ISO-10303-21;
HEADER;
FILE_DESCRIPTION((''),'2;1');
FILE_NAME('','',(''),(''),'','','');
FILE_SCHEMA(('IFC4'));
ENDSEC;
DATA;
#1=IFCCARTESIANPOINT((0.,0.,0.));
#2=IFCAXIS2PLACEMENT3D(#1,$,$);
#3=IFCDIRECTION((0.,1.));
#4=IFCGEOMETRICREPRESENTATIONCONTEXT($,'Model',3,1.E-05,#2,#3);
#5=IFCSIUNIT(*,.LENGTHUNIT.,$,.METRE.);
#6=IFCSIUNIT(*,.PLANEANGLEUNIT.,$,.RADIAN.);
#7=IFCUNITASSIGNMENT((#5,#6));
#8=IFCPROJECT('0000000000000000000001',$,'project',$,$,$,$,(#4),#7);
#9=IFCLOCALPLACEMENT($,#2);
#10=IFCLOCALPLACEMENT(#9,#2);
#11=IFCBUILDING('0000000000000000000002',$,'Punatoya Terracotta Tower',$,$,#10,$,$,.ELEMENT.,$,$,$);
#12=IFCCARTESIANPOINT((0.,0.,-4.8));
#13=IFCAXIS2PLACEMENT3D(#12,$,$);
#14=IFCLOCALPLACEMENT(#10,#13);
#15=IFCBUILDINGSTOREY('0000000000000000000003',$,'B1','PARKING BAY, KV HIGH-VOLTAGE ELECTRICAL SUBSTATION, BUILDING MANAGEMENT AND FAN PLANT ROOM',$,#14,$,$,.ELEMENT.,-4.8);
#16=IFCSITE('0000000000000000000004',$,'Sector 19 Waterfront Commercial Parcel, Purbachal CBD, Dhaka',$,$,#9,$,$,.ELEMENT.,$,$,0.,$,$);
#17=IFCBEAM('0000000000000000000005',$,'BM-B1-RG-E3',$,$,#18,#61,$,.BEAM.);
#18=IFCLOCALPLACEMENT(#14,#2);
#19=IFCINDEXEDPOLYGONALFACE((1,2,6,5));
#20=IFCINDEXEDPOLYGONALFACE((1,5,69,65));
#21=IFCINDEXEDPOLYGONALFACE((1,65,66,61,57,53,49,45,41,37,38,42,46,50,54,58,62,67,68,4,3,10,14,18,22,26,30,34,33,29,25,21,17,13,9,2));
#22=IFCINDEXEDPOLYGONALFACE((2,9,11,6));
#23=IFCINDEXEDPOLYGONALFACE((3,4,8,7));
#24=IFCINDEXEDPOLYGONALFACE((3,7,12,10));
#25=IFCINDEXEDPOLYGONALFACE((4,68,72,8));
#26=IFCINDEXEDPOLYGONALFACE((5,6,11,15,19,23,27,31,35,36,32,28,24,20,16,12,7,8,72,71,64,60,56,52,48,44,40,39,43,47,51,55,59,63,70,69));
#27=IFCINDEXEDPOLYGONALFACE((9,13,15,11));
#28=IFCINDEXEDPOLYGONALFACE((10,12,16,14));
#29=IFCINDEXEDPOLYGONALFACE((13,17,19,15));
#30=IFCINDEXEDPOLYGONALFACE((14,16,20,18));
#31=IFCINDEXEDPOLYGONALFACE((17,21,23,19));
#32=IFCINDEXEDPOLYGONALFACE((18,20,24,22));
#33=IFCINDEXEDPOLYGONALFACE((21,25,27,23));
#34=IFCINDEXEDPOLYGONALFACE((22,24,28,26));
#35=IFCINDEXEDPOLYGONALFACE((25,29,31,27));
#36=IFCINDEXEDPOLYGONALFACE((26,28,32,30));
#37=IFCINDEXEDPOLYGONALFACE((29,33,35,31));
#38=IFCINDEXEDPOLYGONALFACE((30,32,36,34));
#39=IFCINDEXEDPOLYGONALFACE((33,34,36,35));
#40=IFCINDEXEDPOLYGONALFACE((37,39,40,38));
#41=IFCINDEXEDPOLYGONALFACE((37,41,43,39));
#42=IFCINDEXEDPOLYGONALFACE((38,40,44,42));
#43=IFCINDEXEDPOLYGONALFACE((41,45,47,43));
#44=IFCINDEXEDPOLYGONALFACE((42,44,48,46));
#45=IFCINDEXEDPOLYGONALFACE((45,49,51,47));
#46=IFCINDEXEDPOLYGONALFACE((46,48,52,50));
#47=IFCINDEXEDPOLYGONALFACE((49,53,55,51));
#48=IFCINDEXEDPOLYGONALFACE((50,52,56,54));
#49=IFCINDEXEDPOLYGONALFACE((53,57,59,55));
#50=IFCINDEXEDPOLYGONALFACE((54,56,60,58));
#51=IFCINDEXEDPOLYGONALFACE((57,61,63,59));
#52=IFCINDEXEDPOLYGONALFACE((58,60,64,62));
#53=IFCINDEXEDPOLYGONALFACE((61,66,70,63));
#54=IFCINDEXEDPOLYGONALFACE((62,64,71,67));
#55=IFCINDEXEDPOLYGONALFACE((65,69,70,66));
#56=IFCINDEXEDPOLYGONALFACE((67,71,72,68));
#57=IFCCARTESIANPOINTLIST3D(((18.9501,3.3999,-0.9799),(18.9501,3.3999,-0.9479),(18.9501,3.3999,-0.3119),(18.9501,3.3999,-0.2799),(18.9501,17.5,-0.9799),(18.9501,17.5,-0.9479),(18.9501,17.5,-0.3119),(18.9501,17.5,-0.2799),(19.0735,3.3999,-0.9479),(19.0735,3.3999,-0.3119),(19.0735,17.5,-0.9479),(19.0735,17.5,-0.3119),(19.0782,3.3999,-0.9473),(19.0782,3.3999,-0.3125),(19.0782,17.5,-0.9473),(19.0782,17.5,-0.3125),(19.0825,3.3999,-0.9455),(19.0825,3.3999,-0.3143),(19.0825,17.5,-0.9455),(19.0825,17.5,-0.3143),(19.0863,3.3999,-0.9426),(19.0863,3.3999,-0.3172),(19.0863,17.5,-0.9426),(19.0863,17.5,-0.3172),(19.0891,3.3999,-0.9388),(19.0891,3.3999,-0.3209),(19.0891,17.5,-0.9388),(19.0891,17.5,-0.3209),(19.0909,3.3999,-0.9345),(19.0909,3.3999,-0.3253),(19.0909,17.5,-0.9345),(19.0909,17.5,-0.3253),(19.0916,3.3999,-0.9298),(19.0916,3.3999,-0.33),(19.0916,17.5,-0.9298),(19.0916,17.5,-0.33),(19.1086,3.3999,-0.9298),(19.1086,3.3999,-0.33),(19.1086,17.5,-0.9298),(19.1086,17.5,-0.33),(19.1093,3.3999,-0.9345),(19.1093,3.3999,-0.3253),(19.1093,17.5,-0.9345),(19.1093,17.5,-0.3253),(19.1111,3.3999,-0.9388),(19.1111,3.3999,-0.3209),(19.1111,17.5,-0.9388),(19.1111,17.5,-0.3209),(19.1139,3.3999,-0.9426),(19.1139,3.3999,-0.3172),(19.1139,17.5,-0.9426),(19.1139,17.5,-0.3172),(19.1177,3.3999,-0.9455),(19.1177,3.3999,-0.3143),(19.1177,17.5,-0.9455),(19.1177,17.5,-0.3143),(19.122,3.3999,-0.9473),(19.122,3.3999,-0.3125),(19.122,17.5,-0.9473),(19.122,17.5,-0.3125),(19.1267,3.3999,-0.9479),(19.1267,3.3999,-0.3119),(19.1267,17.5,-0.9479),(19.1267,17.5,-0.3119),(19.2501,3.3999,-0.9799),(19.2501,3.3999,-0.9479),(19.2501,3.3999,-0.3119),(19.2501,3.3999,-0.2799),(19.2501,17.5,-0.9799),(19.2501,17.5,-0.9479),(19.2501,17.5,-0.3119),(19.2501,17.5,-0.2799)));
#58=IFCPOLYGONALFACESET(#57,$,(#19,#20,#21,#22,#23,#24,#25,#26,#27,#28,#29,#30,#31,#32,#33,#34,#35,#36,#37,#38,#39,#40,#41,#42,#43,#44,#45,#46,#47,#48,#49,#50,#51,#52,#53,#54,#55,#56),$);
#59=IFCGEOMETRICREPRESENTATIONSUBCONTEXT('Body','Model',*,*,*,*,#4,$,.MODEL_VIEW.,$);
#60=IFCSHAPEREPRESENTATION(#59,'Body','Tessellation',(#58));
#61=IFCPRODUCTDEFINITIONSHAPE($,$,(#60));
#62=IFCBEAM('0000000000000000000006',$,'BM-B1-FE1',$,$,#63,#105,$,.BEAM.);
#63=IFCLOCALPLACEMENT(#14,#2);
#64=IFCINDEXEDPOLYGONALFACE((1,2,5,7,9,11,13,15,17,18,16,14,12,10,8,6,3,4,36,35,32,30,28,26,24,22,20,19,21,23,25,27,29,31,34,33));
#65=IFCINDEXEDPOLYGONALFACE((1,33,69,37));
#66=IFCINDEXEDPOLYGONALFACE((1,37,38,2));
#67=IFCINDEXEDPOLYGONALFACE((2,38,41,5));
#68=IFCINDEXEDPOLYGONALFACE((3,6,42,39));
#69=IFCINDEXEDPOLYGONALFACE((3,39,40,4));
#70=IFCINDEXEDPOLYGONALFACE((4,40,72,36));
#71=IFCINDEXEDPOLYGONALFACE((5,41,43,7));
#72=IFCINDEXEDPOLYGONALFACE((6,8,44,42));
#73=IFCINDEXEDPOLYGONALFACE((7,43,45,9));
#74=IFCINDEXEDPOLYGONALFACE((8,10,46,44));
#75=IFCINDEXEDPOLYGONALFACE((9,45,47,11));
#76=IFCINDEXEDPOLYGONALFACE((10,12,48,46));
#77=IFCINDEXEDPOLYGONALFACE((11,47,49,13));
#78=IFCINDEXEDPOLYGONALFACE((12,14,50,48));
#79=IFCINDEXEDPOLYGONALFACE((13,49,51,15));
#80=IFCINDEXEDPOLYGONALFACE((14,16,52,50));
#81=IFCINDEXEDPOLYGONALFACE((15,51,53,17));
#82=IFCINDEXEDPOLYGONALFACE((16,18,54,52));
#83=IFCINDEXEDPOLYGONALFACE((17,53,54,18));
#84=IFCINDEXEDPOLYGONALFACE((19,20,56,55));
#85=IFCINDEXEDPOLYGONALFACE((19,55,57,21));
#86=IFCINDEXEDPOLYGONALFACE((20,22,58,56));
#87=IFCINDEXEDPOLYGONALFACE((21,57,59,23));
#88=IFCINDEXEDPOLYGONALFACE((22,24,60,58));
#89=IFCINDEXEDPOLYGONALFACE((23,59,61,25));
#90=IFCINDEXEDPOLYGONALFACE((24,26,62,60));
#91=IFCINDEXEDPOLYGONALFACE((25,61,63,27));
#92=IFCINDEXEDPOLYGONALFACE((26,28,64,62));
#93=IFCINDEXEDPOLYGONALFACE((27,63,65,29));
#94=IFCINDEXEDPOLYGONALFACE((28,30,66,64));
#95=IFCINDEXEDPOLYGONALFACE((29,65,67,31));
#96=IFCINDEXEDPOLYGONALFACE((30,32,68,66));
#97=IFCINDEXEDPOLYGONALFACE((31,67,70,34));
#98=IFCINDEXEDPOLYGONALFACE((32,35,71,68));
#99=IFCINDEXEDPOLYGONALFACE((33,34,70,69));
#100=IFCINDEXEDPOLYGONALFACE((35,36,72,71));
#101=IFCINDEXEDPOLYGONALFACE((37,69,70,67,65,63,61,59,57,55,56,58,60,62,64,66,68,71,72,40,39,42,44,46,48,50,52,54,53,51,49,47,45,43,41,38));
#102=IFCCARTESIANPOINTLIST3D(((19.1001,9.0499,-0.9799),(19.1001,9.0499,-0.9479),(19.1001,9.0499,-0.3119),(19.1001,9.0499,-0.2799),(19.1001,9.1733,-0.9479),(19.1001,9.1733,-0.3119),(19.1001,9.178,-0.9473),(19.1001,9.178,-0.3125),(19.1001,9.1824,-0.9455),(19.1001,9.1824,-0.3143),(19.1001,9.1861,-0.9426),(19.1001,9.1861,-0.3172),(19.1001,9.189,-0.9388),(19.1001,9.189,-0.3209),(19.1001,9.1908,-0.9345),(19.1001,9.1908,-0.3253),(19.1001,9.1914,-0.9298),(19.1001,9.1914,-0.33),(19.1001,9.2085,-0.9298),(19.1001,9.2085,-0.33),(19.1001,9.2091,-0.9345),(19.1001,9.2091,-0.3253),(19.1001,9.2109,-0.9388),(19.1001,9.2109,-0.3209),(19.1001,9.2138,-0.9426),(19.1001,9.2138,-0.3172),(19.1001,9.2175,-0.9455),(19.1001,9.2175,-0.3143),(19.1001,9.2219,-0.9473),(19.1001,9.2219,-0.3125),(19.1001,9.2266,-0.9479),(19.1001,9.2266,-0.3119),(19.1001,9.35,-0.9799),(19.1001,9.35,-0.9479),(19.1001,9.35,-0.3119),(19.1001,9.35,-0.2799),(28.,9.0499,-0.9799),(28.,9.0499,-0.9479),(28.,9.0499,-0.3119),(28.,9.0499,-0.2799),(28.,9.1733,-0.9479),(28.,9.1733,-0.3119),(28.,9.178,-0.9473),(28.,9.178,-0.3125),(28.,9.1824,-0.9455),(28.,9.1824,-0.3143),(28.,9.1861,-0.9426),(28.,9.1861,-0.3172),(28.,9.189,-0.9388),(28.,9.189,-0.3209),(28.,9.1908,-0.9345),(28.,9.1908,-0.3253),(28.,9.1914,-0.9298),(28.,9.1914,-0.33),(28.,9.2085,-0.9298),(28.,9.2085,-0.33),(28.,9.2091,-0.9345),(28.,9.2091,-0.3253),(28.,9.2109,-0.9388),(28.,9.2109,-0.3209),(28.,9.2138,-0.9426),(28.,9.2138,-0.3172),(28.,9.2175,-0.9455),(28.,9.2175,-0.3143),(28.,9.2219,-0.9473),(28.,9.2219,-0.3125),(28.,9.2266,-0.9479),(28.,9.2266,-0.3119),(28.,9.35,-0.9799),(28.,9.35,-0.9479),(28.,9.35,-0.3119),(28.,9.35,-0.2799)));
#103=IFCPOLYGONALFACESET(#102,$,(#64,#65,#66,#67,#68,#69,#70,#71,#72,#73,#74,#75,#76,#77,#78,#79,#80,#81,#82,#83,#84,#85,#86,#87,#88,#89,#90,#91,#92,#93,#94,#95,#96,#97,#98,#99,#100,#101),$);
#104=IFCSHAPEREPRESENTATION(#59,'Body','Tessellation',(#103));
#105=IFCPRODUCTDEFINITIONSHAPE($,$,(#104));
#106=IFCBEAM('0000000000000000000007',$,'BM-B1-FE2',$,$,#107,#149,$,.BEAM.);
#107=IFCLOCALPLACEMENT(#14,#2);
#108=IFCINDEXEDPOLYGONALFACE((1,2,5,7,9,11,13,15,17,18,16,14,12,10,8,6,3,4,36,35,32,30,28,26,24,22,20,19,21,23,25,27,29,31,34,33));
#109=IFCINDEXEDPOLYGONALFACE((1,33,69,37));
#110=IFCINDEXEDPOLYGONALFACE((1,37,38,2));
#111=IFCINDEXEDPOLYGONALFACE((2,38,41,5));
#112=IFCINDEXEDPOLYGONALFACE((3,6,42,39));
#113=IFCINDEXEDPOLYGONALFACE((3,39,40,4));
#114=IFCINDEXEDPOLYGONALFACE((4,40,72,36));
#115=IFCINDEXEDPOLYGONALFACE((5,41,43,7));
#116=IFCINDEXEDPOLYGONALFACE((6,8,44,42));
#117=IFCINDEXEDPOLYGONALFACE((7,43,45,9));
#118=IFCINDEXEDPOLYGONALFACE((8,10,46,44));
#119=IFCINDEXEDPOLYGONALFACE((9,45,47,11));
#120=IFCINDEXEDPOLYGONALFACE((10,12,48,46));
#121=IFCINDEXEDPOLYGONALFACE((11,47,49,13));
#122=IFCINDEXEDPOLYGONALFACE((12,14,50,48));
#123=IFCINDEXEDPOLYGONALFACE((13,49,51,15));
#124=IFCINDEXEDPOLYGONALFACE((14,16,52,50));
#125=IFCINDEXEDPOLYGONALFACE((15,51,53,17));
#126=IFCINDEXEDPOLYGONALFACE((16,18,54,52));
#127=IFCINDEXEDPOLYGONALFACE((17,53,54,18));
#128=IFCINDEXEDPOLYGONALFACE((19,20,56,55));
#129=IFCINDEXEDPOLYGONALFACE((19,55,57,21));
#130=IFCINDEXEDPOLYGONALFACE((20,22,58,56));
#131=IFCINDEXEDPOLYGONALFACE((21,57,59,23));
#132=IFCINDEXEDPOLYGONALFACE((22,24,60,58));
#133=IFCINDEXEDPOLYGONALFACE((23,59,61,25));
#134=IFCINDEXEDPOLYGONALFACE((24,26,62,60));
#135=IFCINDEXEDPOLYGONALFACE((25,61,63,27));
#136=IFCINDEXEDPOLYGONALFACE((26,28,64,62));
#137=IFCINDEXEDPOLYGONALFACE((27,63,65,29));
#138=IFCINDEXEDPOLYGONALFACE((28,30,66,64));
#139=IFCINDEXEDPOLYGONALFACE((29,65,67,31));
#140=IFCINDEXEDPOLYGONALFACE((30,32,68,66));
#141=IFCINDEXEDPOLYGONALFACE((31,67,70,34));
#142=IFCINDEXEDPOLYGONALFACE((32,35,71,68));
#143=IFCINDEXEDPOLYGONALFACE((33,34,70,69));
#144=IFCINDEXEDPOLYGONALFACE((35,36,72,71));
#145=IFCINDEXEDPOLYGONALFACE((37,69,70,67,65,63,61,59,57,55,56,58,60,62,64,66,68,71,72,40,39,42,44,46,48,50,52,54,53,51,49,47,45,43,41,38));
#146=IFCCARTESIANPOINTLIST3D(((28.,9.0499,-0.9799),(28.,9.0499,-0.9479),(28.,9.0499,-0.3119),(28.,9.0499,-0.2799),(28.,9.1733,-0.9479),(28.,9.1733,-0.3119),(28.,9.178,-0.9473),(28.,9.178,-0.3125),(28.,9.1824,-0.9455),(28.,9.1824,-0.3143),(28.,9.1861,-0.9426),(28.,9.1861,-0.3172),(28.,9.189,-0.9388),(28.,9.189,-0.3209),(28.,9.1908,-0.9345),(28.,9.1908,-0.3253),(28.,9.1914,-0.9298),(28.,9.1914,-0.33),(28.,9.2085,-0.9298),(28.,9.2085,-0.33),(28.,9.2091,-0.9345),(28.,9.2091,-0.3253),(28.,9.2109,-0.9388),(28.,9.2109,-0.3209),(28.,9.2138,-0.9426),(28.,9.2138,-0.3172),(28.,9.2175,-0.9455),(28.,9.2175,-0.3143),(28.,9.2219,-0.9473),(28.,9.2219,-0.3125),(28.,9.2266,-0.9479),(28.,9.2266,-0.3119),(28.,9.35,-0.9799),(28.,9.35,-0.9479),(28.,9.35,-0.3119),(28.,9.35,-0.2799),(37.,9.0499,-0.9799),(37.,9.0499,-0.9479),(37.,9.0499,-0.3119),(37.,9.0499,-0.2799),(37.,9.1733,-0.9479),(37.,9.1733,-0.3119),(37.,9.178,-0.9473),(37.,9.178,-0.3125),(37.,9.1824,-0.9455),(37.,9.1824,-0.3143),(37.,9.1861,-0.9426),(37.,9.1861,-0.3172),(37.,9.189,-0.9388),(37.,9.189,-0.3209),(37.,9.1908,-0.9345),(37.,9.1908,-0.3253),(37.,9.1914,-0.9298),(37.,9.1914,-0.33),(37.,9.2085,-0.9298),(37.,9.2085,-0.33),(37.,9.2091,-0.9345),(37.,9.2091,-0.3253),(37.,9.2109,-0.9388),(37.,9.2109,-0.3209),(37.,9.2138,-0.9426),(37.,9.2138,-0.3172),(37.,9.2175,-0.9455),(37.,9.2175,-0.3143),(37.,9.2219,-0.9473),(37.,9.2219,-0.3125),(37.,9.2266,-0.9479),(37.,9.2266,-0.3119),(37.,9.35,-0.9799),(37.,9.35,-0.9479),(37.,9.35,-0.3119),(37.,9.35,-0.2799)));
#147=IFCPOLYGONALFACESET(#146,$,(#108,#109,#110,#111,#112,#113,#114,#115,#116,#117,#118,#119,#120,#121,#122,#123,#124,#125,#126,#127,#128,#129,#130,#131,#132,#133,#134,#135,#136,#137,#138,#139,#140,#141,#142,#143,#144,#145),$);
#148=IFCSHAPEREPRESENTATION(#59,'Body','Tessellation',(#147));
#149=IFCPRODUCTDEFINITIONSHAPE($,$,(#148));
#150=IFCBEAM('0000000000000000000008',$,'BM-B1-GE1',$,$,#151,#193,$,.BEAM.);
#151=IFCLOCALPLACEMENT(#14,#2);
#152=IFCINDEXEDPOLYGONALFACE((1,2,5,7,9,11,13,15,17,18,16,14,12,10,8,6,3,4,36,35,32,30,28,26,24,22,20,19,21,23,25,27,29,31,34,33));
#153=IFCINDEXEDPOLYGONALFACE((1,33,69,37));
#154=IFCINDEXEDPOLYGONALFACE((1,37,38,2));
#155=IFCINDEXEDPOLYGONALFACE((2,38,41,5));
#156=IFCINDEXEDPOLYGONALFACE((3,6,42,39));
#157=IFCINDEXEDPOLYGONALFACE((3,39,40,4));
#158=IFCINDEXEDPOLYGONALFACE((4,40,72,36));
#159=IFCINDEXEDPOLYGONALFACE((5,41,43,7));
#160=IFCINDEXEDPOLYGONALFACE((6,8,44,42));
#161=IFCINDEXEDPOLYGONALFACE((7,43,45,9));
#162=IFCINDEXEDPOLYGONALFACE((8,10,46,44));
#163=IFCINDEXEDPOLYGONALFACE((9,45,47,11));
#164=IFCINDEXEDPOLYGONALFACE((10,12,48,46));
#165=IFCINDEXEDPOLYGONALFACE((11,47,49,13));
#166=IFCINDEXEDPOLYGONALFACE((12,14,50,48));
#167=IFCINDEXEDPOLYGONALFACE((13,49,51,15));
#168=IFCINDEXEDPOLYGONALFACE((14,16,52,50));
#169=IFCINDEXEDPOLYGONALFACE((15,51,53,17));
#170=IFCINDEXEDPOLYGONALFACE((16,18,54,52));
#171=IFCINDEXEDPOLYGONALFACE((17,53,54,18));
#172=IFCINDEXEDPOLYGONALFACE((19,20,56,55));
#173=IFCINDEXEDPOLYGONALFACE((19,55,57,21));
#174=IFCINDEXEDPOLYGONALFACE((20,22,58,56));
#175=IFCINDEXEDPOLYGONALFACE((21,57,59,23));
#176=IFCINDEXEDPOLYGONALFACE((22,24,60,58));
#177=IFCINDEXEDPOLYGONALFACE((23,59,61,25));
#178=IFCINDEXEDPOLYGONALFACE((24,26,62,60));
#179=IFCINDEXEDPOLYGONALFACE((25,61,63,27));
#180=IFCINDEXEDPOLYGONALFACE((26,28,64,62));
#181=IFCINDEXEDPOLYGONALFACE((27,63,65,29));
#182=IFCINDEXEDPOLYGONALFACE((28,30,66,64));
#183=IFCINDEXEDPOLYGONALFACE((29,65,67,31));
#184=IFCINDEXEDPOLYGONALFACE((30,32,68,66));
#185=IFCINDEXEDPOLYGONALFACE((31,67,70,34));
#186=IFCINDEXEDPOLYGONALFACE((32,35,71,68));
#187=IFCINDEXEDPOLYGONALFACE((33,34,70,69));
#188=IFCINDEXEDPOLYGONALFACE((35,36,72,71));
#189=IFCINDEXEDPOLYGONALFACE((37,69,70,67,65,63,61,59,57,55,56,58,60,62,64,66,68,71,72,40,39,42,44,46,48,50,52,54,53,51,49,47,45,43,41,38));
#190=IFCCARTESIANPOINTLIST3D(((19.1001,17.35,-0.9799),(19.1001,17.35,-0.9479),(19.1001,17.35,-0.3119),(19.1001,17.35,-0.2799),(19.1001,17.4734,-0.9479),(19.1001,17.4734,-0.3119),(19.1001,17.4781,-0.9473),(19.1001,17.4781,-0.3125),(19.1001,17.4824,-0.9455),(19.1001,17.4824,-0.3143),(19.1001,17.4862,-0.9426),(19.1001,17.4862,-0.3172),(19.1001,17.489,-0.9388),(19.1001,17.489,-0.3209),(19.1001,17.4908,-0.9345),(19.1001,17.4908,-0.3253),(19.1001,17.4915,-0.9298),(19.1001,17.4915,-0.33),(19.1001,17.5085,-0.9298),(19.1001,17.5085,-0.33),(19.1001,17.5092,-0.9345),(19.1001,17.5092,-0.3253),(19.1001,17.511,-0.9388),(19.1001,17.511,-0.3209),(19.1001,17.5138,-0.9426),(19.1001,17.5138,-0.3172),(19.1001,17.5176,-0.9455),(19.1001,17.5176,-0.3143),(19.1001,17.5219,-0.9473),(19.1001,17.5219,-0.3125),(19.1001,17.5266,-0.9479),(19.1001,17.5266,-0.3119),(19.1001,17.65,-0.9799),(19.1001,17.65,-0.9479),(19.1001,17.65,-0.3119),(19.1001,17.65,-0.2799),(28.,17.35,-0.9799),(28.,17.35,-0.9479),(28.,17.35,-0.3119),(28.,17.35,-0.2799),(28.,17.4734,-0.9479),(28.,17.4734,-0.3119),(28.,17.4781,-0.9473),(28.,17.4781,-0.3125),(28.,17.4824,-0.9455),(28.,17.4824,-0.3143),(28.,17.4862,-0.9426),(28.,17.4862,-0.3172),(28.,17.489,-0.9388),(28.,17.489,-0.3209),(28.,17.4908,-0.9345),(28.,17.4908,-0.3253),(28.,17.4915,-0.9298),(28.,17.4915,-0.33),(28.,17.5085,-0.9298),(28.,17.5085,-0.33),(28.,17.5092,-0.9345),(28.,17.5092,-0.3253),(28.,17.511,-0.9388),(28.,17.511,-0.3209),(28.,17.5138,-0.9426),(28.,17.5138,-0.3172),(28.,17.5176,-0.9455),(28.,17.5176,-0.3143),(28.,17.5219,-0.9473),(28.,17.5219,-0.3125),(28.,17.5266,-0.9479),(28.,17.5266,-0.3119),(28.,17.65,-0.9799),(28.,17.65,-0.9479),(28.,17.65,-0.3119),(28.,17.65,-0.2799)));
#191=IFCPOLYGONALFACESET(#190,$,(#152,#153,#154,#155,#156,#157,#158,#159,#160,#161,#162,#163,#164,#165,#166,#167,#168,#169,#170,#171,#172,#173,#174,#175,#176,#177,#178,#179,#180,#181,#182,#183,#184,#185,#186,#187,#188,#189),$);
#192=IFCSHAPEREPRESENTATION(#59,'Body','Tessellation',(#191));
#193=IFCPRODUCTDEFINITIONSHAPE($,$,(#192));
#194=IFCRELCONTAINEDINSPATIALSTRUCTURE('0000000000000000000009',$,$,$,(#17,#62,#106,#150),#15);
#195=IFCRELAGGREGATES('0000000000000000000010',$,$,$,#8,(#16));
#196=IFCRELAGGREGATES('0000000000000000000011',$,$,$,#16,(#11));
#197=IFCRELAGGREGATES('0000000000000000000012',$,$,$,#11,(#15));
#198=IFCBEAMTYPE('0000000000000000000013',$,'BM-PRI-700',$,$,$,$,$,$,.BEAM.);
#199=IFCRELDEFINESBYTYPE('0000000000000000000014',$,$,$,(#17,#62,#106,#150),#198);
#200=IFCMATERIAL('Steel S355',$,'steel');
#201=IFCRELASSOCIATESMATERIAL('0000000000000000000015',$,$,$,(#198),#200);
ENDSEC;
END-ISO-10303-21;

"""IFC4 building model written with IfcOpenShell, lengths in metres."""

from ifc_helpers import new_model, si_unit, direction, frame, origin, origin_2d, place, context, subcontext, project, spatial, i_section, extrude, material, material_profile, profile_set, type_object, element, save


model = new_model("IFC4")

# Units and contexts
model_context = context("Model", 3, precision=1e-05, world=origin(), true_north=direction((0.0, 1.0)))
body_context = subcontext(model_context, "Body", "Model", "MODEL_VIEW")
ifc_project = project(units=[si_unit("LENGTHUNIT", "METRE"), si_unit("PLANEANGLEUNIT", "RADIAN")], contexts=[model_context])

# Site, building, storey
site_placement = place(None, origin())
site = spatial("IfcSite", under=ifc_project, at=site_placement, Name="Sector 19 Waterfront Commercial Parcel, Purbachal CBD, Dhaka", CompositionType="ELEMENT", RefElevation=0.0)
building_placement = place(site_placement, origin())
building = spatial("IfcBuilding", under=site, at=building_placement, Name="Punatoya Terracotta Tower", CompositionType="ELEMENT")
storey_placement = place(building_placement, frame((0.0, 0.0, -4.8)))
storey = spatial("IfcBuildingStorey", under=building, at=storey_placement, Name="B1", Description="PARKING BAY, KV HIGH-VOLTAGE ELECTRICAL SUBSTATION, BUILDING MANAGEMENT AND FAN PLANT ROOM", CompositionType="ELEMENT", Elevation=-4.8)

# Beams
ifc_material_1 = material(Name="Steel S355", Category="steel")
ifc_material_profile_1 = material_profile(ifc_material_1, i_section(OverallWidth=0.3, OverallDepth=0.7, WebThickness=0.0171, FlangeThickness=0.032, FilletRadius=0.0181, at=origin_2d()))
ifc_profile_set_1 = profile_set([ifc_material_profile_1], Name="Steel S355")
beam_type_1 = type_object("IfcBeamType", Name="BM-PRI-700", PredefinedType="BEAM", material=ifc_profile_set_1)
beam_1_placement = place(storey_placement, frame((19.1001, 3.3999, -0.6299), z_axis=(0.0, 1.0, 0.0), x_axis=(-1.0, 0.0, 0.0)))
element("IfcBeam", 1, at=beam_1_placement, inside=storey, type_object=beam_type_1, Name="BM-B1-RG-E3", PredefinedType="BEAM", context=body_context, shape_type="SweptSolid", body=[
    extrude(i_section(OverallWidth=0.3, OverallDepth=0.7, WebThickness=0.0171, FlangeThickness=0.032, FilletRadius=0.0181, at=origin_2d()), origin(), (0.0, 0.0, 1.0), 14.1001),
])
beam_2_placement = place(storey_placement, frame((19.1001, 9.2, -0.6299), z_axis=(1.0, 0.0, 0.0), x_axis=(0.0, 1.0, 0.0)))
element("IfcBeam", 2, at=beam_2_placement, inside=storey, type_object=beam_type_1, Name="BM-B1-FE1", PredefinedType="BEAM", context=body_context, shape_type="SweptSolid", body=[
    extrude(i_section(OverallWidth=0.3, OverallDepth=0.7, WebThickness=0.0171, FlangeThickness=0.032, FilletRadius=0.0181, at=origin_2d()), origin(), (0.0, 0.0, 1.0), 8.8999),
])
beam_3_placement = place(storey_placement, frame((28.0, 9.2, -0.6299), z_axis=(1.0, 0.0, 0.0), x_axis=(0.0, 1.0, 0.0)))
element("IfcBeam", 3, at=beam_3_placement, inside=storey, type_object=beam_type_1, Name="BM-B1-FE2", PredefinedType="BEAM", context=body_context, shape_type="SweptSolid", body=[
    extrude(i_section(OverallWidth=0.3, OverallDepth=0.7, WebThickness=0.0171, FlangeThickness=0.032, FilletRadius=0.0181, at=origin_2d()), origin(), (0.0, 0.0, 1.0), 9.0),
])
beam_4_placement = place(storey_placement, frame((19.1001, 17.5, -0.6299), z_axis=(1.0, 0.0, 0.0), x_axis=(0.0, 1.0, 0.0)))
element("IfcBeam", 4, at=beam_4_placement, inside=storey, type_object=beam_type_1, Name="BM-B1-GE1", PredefinedType="BEAM", context=body_context, shape_type="SweptSolid", body=[
    extrude(i_section(OverallWidth=0.3, OverallDepth=0.7, WebThickness=0.0171, FlangeThickness=0.032, FilletRadius=0.0181, at=origin_2d()), origin(), (0.0, 0.0, 1.0), 8.8999),
])

save(model, "model.ifc")
